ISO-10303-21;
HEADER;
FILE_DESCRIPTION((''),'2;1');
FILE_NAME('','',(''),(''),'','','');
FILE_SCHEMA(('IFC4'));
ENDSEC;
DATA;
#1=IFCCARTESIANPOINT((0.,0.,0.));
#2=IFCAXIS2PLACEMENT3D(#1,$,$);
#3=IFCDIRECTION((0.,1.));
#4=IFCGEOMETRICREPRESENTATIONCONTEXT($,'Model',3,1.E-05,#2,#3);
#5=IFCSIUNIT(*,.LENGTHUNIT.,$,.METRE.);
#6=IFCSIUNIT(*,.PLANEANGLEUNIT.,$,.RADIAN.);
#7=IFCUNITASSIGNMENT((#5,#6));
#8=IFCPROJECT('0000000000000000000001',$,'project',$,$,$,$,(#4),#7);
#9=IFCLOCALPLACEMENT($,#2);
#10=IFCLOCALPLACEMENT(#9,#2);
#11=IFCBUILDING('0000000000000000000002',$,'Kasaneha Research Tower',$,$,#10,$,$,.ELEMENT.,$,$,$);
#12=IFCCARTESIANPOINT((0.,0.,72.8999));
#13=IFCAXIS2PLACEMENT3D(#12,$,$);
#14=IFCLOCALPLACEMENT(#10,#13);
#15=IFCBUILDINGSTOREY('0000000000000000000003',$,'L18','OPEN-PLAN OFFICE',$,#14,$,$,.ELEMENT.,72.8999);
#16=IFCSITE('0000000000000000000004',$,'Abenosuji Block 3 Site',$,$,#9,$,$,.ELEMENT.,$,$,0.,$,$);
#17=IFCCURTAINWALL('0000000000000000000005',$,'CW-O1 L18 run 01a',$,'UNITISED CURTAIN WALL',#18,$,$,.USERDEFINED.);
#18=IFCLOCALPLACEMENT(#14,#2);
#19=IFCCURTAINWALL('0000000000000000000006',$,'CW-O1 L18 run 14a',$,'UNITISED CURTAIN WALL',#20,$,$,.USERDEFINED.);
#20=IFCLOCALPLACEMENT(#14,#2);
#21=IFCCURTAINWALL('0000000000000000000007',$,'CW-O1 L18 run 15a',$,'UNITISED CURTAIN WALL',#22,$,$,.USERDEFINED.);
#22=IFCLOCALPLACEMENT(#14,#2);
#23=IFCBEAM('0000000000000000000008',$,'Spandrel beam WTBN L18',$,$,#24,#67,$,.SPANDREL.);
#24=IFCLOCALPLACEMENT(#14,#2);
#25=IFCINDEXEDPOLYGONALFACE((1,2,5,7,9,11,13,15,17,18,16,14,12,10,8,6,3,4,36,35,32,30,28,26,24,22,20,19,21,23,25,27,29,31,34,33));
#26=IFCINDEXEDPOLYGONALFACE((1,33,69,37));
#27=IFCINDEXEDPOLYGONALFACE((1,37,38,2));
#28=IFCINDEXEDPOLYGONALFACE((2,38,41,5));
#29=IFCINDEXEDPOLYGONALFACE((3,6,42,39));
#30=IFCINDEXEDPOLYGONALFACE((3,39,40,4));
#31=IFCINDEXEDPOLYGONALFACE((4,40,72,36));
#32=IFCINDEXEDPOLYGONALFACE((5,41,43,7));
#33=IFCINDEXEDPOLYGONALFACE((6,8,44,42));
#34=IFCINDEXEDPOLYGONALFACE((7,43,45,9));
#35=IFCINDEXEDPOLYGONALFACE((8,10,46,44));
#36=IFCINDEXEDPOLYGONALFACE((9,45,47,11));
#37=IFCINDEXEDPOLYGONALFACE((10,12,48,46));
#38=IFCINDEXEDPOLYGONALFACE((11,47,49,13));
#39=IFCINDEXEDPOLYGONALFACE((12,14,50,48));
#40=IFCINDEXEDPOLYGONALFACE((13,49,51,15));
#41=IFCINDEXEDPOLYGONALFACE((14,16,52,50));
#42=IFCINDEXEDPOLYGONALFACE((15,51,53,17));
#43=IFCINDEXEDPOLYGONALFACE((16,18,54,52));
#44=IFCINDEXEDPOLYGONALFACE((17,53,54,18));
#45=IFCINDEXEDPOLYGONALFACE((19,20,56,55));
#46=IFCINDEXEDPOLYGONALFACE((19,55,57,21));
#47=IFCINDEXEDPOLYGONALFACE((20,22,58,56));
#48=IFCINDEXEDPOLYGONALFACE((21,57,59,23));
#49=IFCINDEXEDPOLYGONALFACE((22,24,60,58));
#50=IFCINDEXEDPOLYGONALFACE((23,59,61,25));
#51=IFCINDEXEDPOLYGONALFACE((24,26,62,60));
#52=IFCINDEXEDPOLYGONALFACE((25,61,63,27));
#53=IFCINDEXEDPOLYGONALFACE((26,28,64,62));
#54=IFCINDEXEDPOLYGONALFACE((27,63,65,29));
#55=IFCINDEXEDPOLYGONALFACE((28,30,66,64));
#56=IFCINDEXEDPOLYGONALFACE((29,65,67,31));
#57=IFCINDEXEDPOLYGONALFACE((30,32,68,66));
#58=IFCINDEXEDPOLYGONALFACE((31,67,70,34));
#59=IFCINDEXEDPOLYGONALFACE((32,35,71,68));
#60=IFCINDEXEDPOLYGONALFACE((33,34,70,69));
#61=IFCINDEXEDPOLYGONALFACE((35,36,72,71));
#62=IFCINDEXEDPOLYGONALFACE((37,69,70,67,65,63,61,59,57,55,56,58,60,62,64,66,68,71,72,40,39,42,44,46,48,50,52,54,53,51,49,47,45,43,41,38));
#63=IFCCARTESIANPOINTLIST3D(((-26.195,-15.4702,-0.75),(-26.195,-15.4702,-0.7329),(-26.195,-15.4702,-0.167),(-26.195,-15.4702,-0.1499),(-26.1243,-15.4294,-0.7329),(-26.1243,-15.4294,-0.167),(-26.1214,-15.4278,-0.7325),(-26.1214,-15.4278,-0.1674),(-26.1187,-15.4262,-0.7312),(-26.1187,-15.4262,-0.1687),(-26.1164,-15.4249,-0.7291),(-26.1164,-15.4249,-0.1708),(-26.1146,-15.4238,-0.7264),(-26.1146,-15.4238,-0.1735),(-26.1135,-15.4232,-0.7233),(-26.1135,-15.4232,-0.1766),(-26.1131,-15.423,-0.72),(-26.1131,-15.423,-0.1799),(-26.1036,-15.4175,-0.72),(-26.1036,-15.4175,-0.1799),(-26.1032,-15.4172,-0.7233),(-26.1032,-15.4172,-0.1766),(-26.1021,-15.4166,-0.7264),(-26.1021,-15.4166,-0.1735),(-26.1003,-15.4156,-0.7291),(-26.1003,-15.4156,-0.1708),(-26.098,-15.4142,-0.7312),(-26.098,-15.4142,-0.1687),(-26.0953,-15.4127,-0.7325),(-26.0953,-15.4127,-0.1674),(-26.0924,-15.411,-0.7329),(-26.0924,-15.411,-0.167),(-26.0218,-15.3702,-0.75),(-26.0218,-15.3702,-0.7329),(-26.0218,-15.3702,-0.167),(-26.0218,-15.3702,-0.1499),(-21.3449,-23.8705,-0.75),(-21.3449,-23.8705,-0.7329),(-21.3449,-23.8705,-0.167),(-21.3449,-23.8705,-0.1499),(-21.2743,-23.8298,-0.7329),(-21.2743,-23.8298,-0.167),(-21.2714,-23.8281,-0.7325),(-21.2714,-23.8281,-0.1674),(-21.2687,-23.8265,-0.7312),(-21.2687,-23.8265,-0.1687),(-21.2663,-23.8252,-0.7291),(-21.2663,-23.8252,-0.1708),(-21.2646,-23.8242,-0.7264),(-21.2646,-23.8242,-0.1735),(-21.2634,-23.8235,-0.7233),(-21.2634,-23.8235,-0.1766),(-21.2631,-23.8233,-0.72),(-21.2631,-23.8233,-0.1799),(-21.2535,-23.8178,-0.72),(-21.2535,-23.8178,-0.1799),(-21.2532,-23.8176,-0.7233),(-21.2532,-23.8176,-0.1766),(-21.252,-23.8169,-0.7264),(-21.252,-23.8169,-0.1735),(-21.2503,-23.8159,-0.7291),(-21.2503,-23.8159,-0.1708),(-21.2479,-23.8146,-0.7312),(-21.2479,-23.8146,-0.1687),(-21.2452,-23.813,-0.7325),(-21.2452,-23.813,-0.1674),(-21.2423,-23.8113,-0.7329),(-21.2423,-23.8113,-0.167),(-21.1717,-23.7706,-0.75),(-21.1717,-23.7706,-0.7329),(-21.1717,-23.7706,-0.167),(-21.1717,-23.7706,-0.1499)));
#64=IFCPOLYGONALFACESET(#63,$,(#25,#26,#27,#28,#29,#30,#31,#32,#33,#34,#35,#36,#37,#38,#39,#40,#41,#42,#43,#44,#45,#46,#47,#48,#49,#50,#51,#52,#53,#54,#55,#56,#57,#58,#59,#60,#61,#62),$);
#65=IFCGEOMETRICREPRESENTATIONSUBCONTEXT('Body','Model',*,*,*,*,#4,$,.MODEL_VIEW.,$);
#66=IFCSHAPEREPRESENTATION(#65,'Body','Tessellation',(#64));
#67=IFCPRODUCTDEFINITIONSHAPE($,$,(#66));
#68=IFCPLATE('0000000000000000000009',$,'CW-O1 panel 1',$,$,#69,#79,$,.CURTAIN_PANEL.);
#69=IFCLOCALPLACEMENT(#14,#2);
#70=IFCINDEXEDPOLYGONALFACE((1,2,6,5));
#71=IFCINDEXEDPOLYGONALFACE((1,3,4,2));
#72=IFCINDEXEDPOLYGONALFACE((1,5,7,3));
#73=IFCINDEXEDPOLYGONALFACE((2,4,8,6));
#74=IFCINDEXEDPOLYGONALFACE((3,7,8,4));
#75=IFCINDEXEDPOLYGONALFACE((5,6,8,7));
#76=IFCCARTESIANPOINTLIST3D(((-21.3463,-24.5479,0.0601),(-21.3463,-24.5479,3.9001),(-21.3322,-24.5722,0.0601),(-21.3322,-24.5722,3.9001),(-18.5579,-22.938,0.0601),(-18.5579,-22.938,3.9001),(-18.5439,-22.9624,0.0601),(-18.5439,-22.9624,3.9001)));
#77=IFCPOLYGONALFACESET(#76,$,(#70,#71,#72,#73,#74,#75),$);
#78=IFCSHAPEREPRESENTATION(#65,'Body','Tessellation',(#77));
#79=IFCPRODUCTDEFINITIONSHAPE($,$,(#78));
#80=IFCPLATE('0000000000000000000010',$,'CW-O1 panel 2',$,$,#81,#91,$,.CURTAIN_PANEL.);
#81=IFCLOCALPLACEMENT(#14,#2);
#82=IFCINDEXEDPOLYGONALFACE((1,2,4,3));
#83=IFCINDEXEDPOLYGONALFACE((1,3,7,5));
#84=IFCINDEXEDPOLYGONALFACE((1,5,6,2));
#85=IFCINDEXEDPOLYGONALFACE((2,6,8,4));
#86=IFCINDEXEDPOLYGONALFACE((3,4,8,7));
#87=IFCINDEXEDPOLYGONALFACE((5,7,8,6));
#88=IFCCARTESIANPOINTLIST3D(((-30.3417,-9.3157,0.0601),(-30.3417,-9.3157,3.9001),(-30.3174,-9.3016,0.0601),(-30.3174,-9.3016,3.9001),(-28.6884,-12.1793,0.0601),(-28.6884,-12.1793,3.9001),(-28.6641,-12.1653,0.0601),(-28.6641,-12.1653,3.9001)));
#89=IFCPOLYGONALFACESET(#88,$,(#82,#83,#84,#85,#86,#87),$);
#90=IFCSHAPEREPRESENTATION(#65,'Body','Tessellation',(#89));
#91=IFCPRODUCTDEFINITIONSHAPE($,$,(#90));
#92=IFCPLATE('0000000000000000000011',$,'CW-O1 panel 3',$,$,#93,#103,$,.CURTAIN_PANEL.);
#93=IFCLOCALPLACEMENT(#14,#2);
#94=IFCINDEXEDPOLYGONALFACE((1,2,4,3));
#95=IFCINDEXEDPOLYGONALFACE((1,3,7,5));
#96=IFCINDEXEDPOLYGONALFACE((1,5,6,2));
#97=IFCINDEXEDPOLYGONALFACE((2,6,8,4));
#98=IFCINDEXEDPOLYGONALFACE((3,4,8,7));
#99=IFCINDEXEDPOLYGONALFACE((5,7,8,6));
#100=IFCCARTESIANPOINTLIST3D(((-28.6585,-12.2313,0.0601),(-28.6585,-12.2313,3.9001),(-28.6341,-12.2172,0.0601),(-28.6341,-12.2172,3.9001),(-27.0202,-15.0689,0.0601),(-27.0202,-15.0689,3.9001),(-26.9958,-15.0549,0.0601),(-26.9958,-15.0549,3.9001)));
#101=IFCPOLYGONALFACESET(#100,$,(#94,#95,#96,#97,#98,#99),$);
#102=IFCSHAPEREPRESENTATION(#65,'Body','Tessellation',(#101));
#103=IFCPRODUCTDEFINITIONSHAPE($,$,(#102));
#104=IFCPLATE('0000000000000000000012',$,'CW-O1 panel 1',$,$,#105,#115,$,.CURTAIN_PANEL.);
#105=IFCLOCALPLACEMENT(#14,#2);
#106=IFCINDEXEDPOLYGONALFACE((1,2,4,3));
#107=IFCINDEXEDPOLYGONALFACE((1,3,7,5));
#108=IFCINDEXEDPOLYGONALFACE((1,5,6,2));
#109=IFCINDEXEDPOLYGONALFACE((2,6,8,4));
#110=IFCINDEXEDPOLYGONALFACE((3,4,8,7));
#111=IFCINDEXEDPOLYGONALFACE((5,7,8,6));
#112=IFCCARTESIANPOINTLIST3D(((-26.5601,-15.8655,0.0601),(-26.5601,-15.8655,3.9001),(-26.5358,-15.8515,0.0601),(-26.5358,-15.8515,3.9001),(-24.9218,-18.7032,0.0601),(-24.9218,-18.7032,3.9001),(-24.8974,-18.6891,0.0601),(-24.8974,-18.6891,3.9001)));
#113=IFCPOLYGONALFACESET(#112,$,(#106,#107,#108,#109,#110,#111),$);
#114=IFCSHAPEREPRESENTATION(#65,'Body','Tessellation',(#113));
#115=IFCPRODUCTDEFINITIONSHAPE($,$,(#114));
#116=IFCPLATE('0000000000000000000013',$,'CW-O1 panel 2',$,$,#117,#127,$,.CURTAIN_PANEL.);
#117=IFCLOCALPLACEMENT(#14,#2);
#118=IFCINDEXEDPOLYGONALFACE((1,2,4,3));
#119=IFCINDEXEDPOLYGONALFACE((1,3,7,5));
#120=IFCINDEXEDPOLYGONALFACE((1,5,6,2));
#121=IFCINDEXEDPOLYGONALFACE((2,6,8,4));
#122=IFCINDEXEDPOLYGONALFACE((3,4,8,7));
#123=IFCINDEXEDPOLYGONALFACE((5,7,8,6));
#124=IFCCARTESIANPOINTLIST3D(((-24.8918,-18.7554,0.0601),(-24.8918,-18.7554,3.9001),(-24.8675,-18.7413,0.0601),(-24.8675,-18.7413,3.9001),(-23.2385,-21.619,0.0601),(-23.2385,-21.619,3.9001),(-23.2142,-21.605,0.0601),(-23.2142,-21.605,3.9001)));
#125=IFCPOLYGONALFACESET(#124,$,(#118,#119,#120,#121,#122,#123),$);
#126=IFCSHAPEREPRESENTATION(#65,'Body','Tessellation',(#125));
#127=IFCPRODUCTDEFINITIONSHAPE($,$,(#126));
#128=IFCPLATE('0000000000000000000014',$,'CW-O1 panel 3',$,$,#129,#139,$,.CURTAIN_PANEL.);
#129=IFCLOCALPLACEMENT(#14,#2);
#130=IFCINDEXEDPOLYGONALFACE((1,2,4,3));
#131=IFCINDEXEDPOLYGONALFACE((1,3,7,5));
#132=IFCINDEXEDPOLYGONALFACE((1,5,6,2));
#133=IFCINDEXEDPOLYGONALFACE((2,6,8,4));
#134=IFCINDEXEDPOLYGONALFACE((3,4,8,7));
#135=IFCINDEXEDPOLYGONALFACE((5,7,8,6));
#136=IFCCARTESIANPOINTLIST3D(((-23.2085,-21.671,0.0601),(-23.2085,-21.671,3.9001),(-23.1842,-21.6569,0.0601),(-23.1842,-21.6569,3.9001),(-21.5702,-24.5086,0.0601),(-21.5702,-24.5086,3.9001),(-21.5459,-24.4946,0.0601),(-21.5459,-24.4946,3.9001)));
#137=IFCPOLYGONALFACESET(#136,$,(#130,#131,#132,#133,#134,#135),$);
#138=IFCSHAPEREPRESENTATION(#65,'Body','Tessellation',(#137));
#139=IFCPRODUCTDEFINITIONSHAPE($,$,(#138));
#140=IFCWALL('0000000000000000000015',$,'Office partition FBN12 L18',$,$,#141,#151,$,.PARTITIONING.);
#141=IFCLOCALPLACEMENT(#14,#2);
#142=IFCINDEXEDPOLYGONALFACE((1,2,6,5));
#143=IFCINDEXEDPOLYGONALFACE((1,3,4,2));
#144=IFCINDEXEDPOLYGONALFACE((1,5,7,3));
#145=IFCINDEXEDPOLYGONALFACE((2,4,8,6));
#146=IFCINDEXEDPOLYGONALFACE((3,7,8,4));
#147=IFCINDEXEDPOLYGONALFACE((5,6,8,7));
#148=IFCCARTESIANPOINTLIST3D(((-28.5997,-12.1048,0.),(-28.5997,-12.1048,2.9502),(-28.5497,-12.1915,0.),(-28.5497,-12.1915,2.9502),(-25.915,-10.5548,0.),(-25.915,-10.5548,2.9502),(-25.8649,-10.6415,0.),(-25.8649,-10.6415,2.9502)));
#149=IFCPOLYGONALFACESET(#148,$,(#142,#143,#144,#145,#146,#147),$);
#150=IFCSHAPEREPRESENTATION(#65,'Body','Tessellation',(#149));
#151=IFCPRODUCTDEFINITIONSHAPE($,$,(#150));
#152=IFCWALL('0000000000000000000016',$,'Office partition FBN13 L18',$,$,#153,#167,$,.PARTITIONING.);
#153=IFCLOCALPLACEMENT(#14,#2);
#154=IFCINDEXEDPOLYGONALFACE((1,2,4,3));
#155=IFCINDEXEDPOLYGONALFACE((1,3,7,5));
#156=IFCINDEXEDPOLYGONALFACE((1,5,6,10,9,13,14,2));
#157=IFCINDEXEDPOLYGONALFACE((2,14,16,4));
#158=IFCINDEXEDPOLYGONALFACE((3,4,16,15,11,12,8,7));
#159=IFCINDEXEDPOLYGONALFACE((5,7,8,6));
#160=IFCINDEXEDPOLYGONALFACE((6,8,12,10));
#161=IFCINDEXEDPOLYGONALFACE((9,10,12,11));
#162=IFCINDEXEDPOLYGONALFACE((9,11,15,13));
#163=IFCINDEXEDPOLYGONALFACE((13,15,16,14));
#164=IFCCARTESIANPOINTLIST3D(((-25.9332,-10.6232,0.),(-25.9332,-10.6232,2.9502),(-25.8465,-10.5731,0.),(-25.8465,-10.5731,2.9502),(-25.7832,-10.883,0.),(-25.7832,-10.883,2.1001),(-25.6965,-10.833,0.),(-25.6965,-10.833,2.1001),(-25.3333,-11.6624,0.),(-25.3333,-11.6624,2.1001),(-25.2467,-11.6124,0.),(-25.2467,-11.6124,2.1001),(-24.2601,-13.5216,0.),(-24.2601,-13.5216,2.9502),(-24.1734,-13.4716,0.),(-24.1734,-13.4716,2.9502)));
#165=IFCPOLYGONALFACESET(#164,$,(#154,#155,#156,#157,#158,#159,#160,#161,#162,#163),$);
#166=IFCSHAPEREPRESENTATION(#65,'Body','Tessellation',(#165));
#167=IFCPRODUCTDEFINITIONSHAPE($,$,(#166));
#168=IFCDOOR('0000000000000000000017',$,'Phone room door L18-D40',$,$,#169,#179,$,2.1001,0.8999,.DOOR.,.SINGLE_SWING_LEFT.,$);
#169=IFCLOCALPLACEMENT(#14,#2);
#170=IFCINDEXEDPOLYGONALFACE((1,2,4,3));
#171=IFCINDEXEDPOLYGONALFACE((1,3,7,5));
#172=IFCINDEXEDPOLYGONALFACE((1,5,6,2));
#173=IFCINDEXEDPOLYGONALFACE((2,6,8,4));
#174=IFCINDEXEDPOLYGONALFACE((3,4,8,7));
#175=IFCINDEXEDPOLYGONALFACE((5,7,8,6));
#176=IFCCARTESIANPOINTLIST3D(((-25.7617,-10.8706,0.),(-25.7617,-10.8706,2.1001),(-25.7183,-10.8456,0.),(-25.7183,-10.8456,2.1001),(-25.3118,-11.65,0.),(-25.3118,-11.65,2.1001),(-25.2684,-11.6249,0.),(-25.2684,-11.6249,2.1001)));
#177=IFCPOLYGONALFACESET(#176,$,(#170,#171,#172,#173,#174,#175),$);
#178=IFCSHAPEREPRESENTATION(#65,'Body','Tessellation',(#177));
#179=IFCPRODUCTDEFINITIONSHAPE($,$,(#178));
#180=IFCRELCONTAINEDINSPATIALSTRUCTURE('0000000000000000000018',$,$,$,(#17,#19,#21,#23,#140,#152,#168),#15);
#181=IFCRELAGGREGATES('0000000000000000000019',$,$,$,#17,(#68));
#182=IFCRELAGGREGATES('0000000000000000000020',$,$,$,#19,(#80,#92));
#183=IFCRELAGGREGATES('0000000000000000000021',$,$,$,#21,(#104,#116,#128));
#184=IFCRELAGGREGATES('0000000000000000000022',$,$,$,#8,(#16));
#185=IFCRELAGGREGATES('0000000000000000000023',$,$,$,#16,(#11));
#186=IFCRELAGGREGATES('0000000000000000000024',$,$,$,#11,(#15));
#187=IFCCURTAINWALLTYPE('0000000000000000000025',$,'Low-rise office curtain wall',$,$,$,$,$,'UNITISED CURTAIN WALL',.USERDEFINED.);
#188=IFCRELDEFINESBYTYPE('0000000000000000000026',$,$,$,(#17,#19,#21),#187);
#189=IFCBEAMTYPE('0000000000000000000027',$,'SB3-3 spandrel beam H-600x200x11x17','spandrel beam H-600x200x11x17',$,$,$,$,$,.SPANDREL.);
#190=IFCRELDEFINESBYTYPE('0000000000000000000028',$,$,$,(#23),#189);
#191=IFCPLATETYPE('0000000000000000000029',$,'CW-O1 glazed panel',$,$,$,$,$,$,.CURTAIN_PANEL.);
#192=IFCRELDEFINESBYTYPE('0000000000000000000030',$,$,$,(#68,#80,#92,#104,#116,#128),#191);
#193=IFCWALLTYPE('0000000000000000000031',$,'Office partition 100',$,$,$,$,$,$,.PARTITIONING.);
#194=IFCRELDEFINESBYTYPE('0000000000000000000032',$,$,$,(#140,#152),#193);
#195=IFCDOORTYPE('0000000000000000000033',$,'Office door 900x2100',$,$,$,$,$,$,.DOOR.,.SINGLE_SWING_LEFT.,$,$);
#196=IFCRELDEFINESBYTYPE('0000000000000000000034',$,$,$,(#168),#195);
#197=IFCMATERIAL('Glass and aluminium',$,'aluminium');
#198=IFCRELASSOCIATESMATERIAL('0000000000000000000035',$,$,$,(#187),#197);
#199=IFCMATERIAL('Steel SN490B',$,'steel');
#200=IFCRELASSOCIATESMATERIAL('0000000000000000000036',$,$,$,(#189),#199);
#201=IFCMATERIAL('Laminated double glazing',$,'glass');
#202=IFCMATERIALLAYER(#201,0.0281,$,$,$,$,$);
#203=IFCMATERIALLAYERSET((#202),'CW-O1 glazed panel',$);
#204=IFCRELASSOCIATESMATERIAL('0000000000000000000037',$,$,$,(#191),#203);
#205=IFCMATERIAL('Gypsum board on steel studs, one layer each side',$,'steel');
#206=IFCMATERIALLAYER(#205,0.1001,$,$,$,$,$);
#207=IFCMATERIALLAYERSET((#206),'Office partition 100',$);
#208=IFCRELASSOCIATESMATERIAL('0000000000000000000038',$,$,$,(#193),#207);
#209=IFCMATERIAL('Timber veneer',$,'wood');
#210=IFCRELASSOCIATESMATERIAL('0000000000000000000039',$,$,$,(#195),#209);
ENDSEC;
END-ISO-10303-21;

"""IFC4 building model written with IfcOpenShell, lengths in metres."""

from ifc_helpers import new_model, si_unit, direction, frame, frame_2d, origin, origin_2d, place, context, subcontext, project, spatial, rectangle, i_section, extrude, material, layer, layer_set, material_profile, profile_set, type_object, element, fill, aggregate, save


model = new_model("IFC4")

# Units and contexts
model_context = context("Model", 3, precision=1e-05, world=origin(), true_north=direction((0.0, 1.0)))
body_context = subcontext(model_context, "Body", "Model", "MODEL_VIEW")
ifc_project = project(units=[si_unit("LENGTHUNIT", "METRE"), si_unit("PLANEANGLEUNIT", "RADIAN")], contexts=[model_context])

# Site, building, storey
site_placement = place(None, origin())
site = spatial("IfcSite", under=ifc_project, at=site_placement, Name="Abenosuji Block 3 Site", CompositionType="ELEMENT", RefElevation=0.0)
building_placement = place(site_placement, origin())
building = spatial("IfcBuilding", under=site, at=building_placement, Name="Kasaneha Research Tower", CompositionType="ELEMENT")
storey_placement = place(building_placement, frame((0.0, 0.0, 72.8999)))
storey = spatial("IfcBuildingStorey", under=building, at=storey_placement, Name="L18", Description="OPEN-PLAN OFFICE", CompositionType="ELEMENT", Elevation=72.8999)

# Curtain wall
ifc_material_1 = material(Name="Glass and aluminium", Category="aluminium")
curtain_wall_type = type_object("IfcCurtainWallType", Name="Low-rise office curtain wall", ElementType="UNITISED CURTAIN WALL", PredefinedType="USERDEFINED", material=ifc_material_1)
curtain_wall_1_placement = place(storey_placement, origin())
curtain_wall_1 = element("IfcCurtainWall", 1, at=curtain_wall_1_placement, inside=storey, type_object=curtain_wall_type, Name="CW-O1 L18 run 01a", ObjectType="UNITISED CURTAIN WALL", PredefinedType="USERDEFINED")

# Curtain walls
curtain_wall_2_placement = place(storey_placement, origin())
curtain_wall_2 = element("IfcCurtainWall", 2, at=curtain_wall_2_placement, inside=storey, type_object=curtain_wall_type, Name="CW-O1 L18 run 14a", ObjectType="UNITISED CURTAIN WALL", PredefinedType="USERDEFINED")
curtain_wall_3_placement = place(storey_placement, origin())
curtain_wall_3 = element("IfcCurtainWall", 3, at=curtain_wall_3_placement, inside=storey, type_object=curtain_wall_type, Name="CW-O1 L18 run 15a", ObjectType="UNITISED CURTAIN WALL", PredefinedType="USERDEFINED")

# Beam
ifc_material_2 = material(Name="Steel SN490B", Category="steel")
ifc_material_profile_1 = material_profile(ifc_material_2, i_section(OverallWidth=0.2, OverallDepth=0.6001, WebThickness=0.011, FlangeThickness=0.0171, FilletRadius=0.0129, at=origin_2d()), Name="H-600x200x11x17")
ifc_profile_set_1 = profile_set([ifc_material_profile_1], Name="Steel SN490B")
beam_type = type_object("IfcBeamType", Name="SB3-3 spandrel beam H-600x200x11x17", Description="spandrel beam H-600x200x11x17", PredefinedType="SPANDREL", material=ifc_profile_set_1)
beam_placement = place(storey_placement, frame((-21.2583, -23.8206, -0.45), z_axis=(-0.50001, 0.86602, 0.0), x_axis=(-0.86602, -0.50001, 0.0)))
element("IfcBeam", 4, at=beam_placement, inside=storey, type_object=beam_type, Name="Spandrel beam WTBN L18", PredefinedType="SPANDREL", context=body_context, shape_type="SweptSolid", body=[
    extrude(i_section(OverallWidth=0.2, OverallDepth=0.6001, WebThickness=0.011, FlangeThickness=0.0171, FilletRadius=0.0129, at=origin_2d()), origin(), (0.0, 0.0, 1.0), 9.7),
])

# Plates
ifc_material_3 = material(Name="Laminated double glazing", Category="glass")
ifc_layer_1 = layer(ifc_material_3, 0.0281)
ifc_layer_set_1 = layer_set([ifc_layer_1], Name="CW-O1 glazed panel")
plate_type = type_object("IfcPlateType", Name="CW-O1 glazed panel", PredefinedType="CURTAIN_PANEL", material=ifc_layer_set_1)
plate_1_placement = place(storey_placement, frame((-19.9451, -23.7551, 0.0601), z_axis=(0.0, 0.0, 1.0), x_axis=(0.866025, 0.5, 0.0)))
plate_1 = element("IfcPlate", 5, at=plate_1_placement, type_object=plate_type, Name="CW-O1 panel 1", PredefinedType="CURTAIN_PANEL", context=body_context, shape_type="SweptSolid", body=[
    extrude(rectangle(XDim=3.2197, YDim=0.0281, at=origin_2d()), origin(), (0.0, 0.0, 1.0), 3.8401),
])
aggregate(curtain_wall_1, [plate_1])
plate_2_placement = place(storey_placement, frame((-29.5029, -10.7405, 0.0601), z_axis=(0.0, 0.0, 1.0), x_axis=(0.5, -0.866025, 0.0)))
plate_2 = element("IfcPlate", 6, at=plate_2_placement, type_object=plate_type, Name="CW-O1 panel 2", PredefinedType="CURTAIN_PANEL", context=body_context, shape_type="SweptSolid", body=[
    extrude(rectangle(XDim=3.3066, YDim=0.0281, at=origin_2d()), origin(), (0.0, 0.0, 1.0), 3.8401),
])
plate_3_placement = place(storey_placement, frame((-27.8271, -13.6431, 0.0601), z_axis=(0.0, 0.0, 1.0), x_axis=(0.5, -0.866025, 0.0)))
plate_3 = element("IfcPlate", 7, at=plate_3_placement, type_object=plate_type, Name="CW-O1 panel 3", PredefinedType="CURTAIN_PANEL", context=body_context, shape_type="SweptSolid", body=[
    extrude(rectangle(XDim=3.2766, YDim=0.0281, at=origin_2d()), origin(), (0.0, 0.0, 1.0), 3.8401),
])
aggregate(curtain_wall_2, [plate_2, plate_3])
plate_4_placement = place(storey_placement, frame((-25.7288, -17.2773, 0.0601), z_axis=(0.0, 0.0, 1.0), x_axis=(0.5, -0.866025, 0.0)))
plate_4 = element("IfcPlate", 8, at=plate_4_placement, type_object=plate_type, Name="CW-O1 panel 1", PredefinedType="CURTAIN_PANEL", context=body_context, shape_type="SweptSolid", body=[
    extrude(rectangle(XDim=3.2766, YDim=0.0281, at=origin_2d()), origin(), (0.0, 0.0, 1.0), 3.8401),
])
plate_5_placement = place(storey_placement, frame((-24.053, -20.1802, 0.0601), z_axis=(0.0, 0.0, 1.0), x_axis=(0.5, -0.866025, 0.0)))
plate_5 = element("IfcPlate", 9, at=plate_5_placement, type_object=plate_type, Name="CW-O1 panel 2", PredefinedType="CURTAIN_PANEL", context=body_context, shape_type="SweptSolid", body=[
    extrude(rectangle(XDim=3.3066, YDim=0.0281, at=origin_2d()), origin(), (0.0, 0.0, 1.0), 3.8401),
])
plate_6_placement = place(storey_placement, frame((-22.3772, -23.0828, 0.0601), z_axis=(0.0, 0.0, 1.0), x_axis=(0.5, -0.866025, 0.0)))
plate_6 = element("IfcPlate", 10, at=plate_6_placement, type_object=plate_type, Name="CW-O1 panel 3", PredefinedType="CURTAIN_PANEL", context=body_context, shape_type="SweptSolid", body=[
    extrude(rectangle(XDim=3.2766, YDim=0.0281, at=origin_2d()), origin(), (0.0, 0.0, 1.0), 3.8401),
])
aggregate(curtain_wall_3, [plate_4, plate_5, plate_6])

# Wall
ifc_material_4 = material(Name="Gypsum board on steel studs, one layer each side", Category="steel")
ifc_layer_2 = layer(ifc_material_4, 0.1001)
ifc_layer_set_2 = layer_set([ifc_layer_2], Name="Office partition 100")
wall_type = type_object("IfcWallType", Name="Office partition 100", PredefinedType="PARTITIONING", material=ifc_layer_set_2)
wall_1_placement = place(storey_placement, frame((-28.5747, -12.1482, 0.0), z_axis=(0.0, 0.0, 1.0), x_axis=(0.86603, 0.499993, 0.0)))
element("IfcWall", 11, at=wall_1_placement, inside=storey, type_object=wall_type, Name="Office partition FBN12 L18", PredefinedType="PARTITIONING", context=body_context, shape_type="SweptSolid", body=[
    extrude(rectangle(XDim=3.1001, YDim=0.1001, at=frame_2d((1.55, 0.0))), origin(), (0.0, 0.0, 1.0), 2.9502),
])

# Wall, opening, door
wall_2_placement = place(storey_placement, frame((-25.8899, -10.5981, 0.0), z_axis=(0.0, 0.0, 1.0), x_axis=(0.499929, -0.866067, 0.0)))
wall_2 = element("IfcWall", 12, at=wall_2_placement, inside=storey, type_object=wall_type, Name="Office partition FBN13 L18", PredefinedType="PARTITIONING", context=body_context, shape_type="SweptSolid", body=[
    extrude(rectangle(XDim=3.3467, YDim=0.1001, at=frame_2d((1.6733, 0.0))), origin(), (0.0, 0.0, 1.0), 2.9502),
])
opening_1_placement = place(wall_2_placement, frame((0.3, 0.0, 0.0)))
opening_1 = element("IfcOpeningElement", 13, at=opening_1_placement, cuts=wall_2, PredefinedType="OPENING", context=body_context, shape_type="SweptSolid", body=[
    extrude(rectangle(XDim=0.8999, YDim=2.1001, at=frame_2d((0.45, 1.05))), frame((0.0, 0.0601, 0.0), z_axis=(0.0, -1.0, 0.0), x_axis=(1.0, 0.0, 0.0)), (0.0, 0.0, 1.0), 0.1201),
])
ifc_material_5 = material(Name="Timber veneer", Category="wood")
door_type = type_object("IfcDoorType", Name="Office door 900x2100", OperationType="SINGLE_SWING_LEFT", PredefinedType="DOOR", material=ifc_material_5)
door_1_placement = place(opening_1_placement, origin())
door_1 = element("IfcDoor", 14, at=door_1_placement, inside=storey, type_object=door_type, Name="Phone room door L18-D40", OperationType="SINGLE_SWING_LEFT", OverallHeight=2.1001, OverallWidth=0.8999, PredefinedType="DOOR", context=body_context, shape_type="SweptSolid", body=[
    extrude(rectangle(XDim=0.8999, YDim=2.1001, at=frame_2d((0.45, 1.05))), frame((0.0, 0.0249, 0.0), z_axis=(0.0, -1.0, 0.0), x_axis=(1.0, 0.0, 0.0)), (0.0, 0.0, 1.0), 0.05),
])
fill(opening_1, door_1)

save(model, "model.ifc")
